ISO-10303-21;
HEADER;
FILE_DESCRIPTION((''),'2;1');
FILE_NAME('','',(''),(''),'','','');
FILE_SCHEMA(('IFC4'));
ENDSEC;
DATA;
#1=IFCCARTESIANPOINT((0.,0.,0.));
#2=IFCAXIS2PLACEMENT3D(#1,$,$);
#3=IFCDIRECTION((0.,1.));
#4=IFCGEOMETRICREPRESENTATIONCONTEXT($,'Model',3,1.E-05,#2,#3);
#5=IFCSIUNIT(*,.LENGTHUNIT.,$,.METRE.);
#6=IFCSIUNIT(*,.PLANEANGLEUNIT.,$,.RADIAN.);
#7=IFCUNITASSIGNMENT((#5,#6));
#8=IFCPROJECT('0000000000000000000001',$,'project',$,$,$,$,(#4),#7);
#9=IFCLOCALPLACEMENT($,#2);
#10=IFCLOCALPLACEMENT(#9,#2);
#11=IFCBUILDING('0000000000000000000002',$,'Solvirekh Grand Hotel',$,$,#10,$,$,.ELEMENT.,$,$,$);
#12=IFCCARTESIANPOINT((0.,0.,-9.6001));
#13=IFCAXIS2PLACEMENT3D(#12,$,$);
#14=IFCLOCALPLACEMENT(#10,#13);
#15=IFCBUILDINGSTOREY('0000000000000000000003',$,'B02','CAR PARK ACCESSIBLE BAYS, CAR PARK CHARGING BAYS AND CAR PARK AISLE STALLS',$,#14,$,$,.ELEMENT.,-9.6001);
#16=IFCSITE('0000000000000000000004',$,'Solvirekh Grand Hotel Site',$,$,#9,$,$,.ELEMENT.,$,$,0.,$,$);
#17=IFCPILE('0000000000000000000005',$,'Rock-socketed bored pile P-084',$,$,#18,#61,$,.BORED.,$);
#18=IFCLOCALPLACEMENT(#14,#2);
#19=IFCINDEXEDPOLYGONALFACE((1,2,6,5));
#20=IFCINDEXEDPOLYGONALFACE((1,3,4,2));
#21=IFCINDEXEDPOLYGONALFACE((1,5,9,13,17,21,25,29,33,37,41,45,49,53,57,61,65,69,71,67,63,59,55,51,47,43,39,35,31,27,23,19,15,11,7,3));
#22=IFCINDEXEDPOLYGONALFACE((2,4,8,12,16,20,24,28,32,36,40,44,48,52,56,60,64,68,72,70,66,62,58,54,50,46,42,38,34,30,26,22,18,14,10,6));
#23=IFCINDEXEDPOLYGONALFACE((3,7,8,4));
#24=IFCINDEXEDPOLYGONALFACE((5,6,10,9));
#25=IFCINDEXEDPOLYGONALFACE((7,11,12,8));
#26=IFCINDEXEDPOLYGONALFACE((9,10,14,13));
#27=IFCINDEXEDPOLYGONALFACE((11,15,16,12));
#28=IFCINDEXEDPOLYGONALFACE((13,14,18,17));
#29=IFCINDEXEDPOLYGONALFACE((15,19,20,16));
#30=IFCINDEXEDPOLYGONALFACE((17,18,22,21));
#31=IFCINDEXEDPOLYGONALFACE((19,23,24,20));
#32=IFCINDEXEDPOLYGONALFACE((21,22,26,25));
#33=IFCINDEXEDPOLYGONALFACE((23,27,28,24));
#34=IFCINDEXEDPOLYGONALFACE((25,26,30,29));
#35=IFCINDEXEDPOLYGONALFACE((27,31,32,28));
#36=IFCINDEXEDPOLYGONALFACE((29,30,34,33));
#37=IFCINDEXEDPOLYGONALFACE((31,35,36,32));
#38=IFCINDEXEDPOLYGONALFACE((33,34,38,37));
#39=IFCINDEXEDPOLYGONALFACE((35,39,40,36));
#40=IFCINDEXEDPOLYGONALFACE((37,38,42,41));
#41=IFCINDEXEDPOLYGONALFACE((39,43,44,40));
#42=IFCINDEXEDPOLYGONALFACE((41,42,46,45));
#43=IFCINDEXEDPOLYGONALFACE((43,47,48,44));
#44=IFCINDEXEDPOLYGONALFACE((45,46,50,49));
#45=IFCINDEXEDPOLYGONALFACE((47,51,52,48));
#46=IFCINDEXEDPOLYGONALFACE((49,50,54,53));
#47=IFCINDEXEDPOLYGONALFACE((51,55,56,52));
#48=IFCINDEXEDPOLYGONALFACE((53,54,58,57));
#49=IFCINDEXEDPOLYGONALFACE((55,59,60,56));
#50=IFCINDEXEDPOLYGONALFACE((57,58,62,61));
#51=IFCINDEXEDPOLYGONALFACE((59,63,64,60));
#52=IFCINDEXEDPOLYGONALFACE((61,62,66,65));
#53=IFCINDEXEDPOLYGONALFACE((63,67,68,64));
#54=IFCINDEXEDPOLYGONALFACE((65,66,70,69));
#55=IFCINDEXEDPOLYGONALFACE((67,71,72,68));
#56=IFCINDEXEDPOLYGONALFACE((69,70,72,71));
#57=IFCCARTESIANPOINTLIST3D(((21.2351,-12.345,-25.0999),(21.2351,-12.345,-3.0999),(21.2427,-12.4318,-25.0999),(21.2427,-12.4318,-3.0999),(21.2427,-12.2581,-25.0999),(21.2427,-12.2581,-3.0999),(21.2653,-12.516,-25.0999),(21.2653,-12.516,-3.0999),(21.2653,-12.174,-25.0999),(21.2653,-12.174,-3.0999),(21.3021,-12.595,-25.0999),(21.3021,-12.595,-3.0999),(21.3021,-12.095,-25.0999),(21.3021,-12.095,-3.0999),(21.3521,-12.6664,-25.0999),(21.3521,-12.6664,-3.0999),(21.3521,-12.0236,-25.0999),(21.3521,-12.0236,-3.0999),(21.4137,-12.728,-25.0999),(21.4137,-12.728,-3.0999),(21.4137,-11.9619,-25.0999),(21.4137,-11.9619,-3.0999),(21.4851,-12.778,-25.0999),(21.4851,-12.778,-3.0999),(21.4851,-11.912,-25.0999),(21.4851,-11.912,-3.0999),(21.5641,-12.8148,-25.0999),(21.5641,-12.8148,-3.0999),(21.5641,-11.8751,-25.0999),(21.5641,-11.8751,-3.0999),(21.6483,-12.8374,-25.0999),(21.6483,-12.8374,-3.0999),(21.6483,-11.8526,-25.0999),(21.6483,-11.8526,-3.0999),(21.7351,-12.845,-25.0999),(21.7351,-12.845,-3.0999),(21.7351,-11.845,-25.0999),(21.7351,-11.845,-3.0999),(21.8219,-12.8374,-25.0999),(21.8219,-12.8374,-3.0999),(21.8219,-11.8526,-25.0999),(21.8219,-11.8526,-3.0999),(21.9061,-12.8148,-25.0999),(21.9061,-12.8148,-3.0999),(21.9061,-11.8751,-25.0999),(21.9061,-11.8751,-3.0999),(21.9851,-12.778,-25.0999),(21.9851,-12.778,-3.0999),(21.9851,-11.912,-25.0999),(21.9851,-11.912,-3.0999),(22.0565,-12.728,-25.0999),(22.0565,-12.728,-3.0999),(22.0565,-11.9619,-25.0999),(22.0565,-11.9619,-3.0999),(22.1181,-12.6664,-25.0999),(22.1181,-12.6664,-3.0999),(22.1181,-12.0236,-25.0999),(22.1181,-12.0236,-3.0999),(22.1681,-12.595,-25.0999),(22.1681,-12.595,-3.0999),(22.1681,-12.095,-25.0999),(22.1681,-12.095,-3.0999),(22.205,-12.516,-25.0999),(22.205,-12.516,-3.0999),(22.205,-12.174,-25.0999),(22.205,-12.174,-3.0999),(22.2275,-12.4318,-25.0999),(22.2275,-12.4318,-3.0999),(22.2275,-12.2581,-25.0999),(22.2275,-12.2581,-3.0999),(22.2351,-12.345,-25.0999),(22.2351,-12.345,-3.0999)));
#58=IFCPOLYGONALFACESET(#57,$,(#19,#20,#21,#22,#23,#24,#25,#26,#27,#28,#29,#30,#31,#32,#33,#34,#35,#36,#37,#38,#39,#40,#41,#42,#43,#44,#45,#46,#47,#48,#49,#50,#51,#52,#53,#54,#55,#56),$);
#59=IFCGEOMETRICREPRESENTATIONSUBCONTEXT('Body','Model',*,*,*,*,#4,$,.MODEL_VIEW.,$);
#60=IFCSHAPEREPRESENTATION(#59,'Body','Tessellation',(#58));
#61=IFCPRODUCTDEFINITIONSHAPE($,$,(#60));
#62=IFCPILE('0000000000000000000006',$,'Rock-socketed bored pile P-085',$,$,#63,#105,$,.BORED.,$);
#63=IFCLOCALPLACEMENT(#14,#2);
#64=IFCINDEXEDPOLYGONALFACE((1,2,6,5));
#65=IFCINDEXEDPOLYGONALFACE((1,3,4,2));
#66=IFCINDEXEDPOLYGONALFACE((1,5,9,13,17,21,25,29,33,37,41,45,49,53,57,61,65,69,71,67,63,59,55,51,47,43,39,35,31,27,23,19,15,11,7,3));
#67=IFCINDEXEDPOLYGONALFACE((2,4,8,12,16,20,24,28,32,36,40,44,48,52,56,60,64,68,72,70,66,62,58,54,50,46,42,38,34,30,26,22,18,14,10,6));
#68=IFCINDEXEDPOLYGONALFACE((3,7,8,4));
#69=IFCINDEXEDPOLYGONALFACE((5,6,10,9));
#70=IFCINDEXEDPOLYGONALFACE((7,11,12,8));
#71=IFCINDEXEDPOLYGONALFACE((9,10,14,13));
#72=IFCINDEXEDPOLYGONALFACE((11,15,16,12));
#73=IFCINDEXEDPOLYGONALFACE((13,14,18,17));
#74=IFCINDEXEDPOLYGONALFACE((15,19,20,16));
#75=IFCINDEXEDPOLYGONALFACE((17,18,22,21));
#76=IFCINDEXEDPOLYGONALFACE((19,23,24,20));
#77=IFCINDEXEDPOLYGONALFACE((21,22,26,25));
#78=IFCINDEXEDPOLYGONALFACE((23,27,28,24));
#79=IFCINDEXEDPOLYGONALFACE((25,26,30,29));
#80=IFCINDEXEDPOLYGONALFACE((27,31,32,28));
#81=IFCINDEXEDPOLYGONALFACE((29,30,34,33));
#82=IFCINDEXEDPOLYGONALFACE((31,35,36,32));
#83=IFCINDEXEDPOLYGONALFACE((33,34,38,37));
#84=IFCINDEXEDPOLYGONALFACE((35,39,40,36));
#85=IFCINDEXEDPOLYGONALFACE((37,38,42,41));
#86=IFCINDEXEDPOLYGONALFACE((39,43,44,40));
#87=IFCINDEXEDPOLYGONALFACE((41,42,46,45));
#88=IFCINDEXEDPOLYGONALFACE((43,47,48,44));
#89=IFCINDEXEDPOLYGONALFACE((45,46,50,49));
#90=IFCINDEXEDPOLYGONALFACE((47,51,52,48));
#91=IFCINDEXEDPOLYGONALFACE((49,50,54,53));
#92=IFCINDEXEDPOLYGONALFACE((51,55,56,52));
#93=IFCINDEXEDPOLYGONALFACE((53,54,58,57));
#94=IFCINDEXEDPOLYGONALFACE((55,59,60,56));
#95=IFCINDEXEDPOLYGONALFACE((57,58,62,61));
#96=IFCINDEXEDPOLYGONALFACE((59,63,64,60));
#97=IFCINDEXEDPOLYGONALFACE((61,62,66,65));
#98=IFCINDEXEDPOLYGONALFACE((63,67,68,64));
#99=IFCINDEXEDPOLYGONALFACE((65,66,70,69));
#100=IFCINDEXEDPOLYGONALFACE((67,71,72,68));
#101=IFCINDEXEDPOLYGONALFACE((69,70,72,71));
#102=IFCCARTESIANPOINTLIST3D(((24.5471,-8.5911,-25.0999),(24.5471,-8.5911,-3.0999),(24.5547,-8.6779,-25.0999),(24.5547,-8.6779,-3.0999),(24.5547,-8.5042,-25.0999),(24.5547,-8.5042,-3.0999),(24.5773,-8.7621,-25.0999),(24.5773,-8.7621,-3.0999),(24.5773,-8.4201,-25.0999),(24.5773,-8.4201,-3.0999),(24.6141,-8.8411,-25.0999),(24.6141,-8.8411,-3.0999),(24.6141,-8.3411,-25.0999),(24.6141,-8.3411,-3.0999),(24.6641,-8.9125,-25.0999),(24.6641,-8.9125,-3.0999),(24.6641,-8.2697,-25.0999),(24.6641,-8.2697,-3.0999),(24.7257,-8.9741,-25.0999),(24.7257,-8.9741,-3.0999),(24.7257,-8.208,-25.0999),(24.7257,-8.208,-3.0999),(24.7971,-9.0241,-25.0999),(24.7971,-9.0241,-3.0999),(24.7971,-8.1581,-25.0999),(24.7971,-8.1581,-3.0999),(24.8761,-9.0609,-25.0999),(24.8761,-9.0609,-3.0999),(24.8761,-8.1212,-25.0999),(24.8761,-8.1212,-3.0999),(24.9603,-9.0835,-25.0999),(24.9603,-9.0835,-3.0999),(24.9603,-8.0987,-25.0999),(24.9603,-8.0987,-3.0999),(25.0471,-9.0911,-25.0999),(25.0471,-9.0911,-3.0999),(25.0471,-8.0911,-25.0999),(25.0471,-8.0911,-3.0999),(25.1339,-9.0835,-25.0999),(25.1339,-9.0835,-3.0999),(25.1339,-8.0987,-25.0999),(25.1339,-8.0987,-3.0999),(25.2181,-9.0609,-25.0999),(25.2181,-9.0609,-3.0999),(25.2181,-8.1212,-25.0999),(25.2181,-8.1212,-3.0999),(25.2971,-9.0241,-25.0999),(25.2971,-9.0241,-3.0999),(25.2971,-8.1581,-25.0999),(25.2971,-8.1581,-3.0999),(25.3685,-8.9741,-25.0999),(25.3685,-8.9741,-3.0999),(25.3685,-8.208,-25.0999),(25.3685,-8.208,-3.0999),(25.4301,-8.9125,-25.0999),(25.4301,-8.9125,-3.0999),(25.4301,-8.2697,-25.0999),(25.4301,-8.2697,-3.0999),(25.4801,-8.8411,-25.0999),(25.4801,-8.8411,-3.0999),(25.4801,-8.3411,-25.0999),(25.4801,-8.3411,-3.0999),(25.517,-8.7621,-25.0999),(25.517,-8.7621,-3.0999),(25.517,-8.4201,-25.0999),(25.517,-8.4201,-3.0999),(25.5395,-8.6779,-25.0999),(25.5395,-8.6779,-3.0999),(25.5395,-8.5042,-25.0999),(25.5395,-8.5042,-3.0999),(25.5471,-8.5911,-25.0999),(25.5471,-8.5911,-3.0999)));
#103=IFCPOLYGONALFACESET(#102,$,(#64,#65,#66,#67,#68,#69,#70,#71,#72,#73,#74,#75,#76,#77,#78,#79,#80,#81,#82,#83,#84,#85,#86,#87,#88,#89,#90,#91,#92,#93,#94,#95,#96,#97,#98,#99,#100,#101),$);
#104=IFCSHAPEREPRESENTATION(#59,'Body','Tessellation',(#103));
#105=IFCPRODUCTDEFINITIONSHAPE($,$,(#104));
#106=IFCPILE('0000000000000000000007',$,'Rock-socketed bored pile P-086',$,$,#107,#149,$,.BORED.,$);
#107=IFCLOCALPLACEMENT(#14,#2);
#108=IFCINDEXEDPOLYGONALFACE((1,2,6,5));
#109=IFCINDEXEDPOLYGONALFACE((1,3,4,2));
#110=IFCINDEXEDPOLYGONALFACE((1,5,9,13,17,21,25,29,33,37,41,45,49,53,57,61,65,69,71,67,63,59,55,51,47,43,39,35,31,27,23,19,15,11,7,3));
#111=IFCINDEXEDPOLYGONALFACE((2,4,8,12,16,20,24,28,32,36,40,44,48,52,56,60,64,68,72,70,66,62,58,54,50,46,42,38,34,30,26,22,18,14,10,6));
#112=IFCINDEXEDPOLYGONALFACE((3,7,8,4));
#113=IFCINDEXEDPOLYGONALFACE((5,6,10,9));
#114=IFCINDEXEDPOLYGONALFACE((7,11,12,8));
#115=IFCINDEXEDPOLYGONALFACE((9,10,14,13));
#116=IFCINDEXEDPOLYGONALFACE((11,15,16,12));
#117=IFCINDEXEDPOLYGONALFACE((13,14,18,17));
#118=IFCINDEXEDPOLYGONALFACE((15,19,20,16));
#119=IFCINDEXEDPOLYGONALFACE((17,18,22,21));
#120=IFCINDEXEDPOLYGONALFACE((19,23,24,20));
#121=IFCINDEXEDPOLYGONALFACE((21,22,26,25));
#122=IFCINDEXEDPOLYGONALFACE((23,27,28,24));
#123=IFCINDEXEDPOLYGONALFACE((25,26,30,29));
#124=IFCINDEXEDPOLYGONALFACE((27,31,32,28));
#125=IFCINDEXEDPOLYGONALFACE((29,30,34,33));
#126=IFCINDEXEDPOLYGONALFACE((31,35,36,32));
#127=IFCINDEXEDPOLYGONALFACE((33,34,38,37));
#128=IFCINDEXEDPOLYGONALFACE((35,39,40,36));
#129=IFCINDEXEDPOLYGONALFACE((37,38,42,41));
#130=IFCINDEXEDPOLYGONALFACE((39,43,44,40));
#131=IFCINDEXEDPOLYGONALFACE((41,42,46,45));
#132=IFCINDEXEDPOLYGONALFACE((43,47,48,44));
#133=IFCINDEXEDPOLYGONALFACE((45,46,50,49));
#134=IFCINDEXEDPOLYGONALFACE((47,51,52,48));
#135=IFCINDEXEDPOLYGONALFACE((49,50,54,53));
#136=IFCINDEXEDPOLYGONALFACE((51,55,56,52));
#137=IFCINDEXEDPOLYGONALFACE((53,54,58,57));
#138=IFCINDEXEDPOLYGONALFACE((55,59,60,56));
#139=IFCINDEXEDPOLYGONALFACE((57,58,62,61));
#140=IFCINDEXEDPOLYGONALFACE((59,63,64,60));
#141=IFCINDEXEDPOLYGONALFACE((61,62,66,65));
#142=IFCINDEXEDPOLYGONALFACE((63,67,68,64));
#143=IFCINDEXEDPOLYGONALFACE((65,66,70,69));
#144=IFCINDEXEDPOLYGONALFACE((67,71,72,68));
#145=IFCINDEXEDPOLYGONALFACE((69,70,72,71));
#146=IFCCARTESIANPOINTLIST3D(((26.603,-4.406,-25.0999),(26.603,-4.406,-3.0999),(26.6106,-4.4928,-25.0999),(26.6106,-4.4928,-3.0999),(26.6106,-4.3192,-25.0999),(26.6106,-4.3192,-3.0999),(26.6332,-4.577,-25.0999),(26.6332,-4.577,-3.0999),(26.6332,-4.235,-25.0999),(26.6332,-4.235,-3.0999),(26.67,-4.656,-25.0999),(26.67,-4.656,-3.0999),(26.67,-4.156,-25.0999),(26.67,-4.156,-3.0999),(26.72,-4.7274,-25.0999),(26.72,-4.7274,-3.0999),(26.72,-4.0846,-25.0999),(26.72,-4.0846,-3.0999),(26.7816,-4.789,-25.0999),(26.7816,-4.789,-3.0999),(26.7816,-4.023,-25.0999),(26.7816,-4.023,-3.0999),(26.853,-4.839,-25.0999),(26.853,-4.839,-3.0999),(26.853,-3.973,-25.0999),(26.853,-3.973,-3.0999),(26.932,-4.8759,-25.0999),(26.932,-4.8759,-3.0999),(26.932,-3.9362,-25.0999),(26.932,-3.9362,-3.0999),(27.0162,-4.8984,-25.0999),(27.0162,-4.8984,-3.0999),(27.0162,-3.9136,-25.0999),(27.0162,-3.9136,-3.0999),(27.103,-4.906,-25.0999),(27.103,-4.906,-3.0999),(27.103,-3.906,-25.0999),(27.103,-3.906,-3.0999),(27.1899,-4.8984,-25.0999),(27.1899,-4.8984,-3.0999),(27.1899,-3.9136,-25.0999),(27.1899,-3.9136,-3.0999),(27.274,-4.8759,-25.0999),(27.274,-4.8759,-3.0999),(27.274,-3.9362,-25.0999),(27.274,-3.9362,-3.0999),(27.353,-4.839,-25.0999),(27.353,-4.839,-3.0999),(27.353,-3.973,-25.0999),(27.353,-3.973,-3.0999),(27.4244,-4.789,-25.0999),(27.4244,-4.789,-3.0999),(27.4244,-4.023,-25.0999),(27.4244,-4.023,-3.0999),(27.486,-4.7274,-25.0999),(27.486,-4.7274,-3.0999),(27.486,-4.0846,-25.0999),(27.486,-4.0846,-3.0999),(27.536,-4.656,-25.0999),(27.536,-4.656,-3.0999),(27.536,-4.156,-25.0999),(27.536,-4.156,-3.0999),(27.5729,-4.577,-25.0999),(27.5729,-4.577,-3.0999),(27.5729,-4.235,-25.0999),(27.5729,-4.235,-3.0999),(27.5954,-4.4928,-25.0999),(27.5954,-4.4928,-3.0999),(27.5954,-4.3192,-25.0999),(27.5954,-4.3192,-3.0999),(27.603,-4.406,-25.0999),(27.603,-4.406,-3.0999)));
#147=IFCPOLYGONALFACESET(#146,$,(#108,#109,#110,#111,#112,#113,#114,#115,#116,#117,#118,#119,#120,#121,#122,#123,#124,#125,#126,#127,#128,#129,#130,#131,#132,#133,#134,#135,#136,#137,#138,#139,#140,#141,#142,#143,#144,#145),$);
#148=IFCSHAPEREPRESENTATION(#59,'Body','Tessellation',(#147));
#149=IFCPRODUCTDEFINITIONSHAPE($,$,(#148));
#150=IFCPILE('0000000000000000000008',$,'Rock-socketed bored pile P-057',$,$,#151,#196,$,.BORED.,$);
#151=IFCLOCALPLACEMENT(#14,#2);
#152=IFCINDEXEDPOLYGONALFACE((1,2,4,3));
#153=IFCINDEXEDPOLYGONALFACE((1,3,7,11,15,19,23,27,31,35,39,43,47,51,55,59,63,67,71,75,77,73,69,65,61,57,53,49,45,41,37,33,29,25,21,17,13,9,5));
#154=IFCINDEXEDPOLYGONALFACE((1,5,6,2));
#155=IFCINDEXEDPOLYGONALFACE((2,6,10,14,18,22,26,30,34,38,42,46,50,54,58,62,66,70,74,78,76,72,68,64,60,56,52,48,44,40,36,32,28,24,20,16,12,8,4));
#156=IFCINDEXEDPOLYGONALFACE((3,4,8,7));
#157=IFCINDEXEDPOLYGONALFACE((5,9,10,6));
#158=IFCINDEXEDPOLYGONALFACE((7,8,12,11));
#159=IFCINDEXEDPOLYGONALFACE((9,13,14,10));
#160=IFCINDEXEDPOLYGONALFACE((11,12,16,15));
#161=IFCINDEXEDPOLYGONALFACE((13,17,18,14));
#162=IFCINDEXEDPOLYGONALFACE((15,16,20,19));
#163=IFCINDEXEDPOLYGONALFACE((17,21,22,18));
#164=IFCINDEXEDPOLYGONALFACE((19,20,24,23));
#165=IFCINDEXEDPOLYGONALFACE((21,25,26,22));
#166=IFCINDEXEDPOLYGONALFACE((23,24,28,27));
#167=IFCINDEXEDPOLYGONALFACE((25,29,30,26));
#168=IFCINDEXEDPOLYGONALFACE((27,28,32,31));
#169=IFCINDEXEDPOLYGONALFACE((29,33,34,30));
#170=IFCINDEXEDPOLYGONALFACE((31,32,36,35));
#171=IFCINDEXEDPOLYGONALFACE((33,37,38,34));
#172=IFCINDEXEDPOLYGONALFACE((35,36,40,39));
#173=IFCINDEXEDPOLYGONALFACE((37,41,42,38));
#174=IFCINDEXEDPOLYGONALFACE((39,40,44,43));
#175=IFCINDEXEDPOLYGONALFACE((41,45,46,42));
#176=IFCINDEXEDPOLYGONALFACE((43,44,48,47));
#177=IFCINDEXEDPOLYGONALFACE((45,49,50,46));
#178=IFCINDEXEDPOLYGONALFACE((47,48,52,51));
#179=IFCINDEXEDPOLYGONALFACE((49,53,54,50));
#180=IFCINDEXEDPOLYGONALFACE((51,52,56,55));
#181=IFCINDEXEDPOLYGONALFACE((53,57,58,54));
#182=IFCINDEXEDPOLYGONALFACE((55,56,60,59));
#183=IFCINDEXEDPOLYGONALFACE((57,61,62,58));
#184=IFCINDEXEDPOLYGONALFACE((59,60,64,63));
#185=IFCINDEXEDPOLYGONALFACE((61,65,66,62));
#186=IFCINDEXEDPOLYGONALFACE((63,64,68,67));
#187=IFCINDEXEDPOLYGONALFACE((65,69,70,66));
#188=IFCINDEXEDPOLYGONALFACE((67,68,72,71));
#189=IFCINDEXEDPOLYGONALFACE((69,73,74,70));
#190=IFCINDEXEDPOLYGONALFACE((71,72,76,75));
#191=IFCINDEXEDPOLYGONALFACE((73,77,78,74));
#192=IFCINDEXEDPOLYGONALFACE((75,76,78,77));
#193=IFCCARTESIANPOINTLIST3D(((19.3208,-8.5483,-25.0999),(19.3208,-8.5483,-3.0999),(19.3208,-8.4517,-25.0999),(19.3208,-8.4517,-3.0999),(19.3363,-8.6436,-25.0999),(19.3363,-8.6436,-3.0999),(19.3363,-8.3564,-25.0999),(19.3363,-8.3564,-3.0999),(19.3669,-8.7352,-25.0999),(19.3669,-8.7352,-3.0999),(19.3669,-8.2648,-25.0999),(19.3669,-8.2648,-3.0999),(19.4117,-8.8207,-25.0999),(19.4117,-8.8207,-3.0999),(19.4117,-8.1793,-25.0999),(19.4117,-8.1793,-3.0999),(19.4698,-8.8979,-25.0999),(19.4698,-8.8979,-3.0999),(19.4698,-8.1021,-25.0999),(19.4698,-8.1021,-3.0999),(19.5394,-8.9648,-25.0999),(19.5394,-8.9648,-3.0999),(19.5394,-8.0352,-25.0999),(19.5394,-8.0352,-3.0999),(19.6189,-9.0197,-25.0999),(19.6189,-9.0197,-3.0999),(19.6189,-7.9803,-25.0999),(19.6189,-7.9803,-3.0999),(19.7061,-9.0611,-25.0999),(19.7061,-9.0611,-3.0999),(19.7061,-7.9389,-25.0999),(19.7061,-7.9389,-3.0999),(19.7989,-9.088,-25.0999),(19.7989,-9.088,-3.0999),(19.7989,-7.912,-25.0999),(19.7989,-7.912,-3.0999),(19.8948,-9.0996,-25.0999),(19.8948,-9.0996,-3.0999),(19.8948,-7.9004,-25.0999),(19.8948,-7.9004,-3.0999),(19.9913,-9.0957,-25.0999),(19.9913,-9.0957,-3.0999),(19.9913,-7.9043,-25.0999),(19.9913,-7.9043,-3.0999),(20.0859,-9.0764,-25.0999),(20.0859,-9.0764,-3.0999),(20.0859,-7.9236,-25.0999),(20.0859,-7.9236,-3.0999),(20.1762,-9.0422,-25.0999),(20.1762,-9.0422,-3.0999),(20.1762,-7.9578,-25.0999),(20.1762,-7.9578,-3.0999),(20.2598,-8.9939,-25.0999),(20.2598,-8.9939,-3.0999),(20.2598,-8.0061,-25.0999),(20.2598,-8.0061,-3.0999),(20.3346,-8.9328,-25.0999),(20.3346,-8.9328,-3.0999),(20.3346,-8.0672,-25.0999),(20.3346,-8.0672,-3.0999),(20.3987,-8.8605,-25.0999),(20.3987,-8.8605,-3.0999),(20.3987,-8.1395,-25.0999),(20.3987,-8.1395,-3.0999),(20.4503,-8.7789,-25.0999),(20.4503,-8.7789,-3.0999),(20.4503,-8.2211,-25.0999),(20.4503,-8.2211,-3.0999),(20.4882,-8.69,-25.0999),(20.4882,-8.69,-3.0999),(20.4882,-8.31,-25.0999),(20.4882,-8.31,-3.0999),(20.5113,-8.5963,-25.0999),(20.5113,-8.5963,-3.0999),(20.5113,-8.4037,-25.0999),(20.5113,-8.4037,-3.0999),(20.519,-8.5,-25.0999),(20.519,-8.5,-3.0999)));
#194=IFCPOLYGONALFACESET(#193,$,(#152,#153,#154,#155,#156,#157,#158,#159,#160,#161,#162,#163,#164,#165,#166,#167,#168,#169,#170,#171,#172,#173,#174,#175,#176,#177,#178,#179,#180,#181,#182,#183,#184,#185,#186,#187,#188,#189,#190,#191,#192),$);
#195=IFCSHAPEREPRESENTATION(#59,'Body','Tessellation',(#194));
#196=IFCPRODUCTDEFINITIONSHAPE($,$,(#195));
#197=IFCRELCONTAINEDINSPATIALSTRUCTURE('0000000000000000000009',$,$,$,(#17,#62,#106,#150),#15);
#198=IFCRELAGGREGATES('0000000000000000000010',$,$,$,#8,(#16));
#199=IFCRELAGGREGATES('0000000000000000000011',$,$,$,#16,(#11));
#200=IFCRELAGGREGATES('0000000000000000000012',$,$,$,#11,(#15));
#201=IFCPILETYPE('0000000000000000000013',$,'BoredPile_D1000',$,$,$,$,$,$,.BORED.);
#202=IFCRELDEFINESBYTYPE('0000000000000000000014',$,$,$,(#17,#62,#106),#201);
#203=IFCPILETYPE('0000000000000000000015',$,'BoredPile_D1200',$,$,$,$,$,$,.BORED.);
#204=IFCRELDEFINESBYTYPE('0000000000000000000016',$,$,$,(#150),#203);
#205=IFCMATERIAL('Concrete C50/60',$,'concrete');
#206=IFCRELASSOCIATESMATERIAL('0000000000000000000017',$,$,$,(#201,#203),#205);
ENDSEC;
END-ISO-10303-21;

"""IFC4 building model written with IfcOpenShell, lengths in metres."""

from ifc_helpers import new_model, si_unit, direction, frame, origin, origin_2d, place, context, subcontext, project, spatial, circle, extrude, material, material_profile, profile_set, type_object, element, save


model = new_model("IFC4")

# Units and contexts
model_context = context("Model", 3, precision=1e-05, world=origin(), true_north=direction((0.0, 1.0)))
body_context = subcontext(model_context, "Body", "Model", "MODEL_VIEW")
ifc_project = project(units=[si_unit("LENGTHUNIT", "METRE"), si_unit("PLANEANGLEUNIT", "RADIAN")], contexts=[model_context])

# Site, building, storey
site_placement = place(None, origin())
site = spatial("IfcSite", under=ifc_project, at=site_placement, Name="Solvirekh Grand Hotel Site", CompositionType="ELEMENT", RefElevation=0.0)
building_placement = place(site_placement, origin())
building = spatial("IfcBuilding", under=site, at=building_placement, Name="Solvirekh Grand Hotel", CompositionType="ELEMENT")
storey_placement = place(building_placement, frame((0.0, 0.0, -9.6001)))
storey = spatial("IfcBuildingStorey", under=building, at=storey_placement, Name="B02", Description="CAR PARK ACCESSIBLE BAYS, CAR PARK CHARGING BAYS AND CAR PARK AISLE STALLS", CompositionType="ELEMENT", Elevation=-9.6001)

# Piles
ifc_material_1 = material(Name="Concrete C50/60", Category="concrete")
ifc_material_profile_1 = material_profile(ifc_material_1, circle(Radius=0.5, at=origin_2d()), Name="BORED PILE D1000")
ifc_profile_set_1 = profile_set([ifc_material_profile_1], Name="Concrete C50/60")
pile_type_1 = type_object("IfcPileType", Name="BoredPile_D1000", PredefinedType="BORED", material=ifc_profile_set_1)
for number, where, z_axis, x_axis, name in (
    (1, (21.7351, -12.345, -3.0999), (0.0, 0.0, -1.0), (1.0, 0.0, 0.0), "Rock-socketed bored pile P-084"),
    (2, (25.0471, -8.5911, -3.0999), (0.0, 0.0, -1.0), (1.0, 0.0, 0.0), "Rock-socketed bored pile P-085"),
    (3, (27.103, -4.406, -3.0999), (0.0, 0.0, -1.0), (1.0, 0.0, 0.0), "Rock-socketed bored pile P-086"),
):
    element("IfcPile", number, at=place(storey_placement, frame(where, z_axis=z_axis, x_axis=x_axis)), inside=storey, type_object=pile_type_1, Name=name, PredefinedType="BORED", context=body_context, shape_type="SweptSolid", body=[
        extrude(circle(Radius=0.5, at=origin_2d()), origin(), (0.0, 0.0, 1.0), 22.0),
    ])
ifc_material_profile_2 = material_profile(ifc_material_1, circle(Radius=0.6001, at=origin_2d()), Name="BORED PILE D1200")
ifc_profile_set_2 = profile_set([ifc_material_profile_2], Name="Concrete C50/60")
pile_type_2 = type_object("IfcPileType", Name="BoredPile_D1200", PredefinedType="BORED", material=ifc_profile_set_2)
for number, where, z_axis, x_axis, name in (
    (4, (19.9189, -8.5, -3.0999), (0.0, 0.0, -1.0), (1.0, 0.0, 0.0), "Rock-socketed bored pile P-057"),
):
    element("IfcPile", number, at=place(storey_placement, frame(where, z_axis=z_axis, x_axis=x_axis)), inside=storey, type_object=pile_type_2, Name=name, PredefinedType="BORED", context=body_context, shape_type="SweptSolid", body=[
        extrude(circle(Radius=0.6001, at=origin_2d()), origin(), (0.0, 0.0, 1.0), 22.0),
    ])

save(model, "model.ifc")
